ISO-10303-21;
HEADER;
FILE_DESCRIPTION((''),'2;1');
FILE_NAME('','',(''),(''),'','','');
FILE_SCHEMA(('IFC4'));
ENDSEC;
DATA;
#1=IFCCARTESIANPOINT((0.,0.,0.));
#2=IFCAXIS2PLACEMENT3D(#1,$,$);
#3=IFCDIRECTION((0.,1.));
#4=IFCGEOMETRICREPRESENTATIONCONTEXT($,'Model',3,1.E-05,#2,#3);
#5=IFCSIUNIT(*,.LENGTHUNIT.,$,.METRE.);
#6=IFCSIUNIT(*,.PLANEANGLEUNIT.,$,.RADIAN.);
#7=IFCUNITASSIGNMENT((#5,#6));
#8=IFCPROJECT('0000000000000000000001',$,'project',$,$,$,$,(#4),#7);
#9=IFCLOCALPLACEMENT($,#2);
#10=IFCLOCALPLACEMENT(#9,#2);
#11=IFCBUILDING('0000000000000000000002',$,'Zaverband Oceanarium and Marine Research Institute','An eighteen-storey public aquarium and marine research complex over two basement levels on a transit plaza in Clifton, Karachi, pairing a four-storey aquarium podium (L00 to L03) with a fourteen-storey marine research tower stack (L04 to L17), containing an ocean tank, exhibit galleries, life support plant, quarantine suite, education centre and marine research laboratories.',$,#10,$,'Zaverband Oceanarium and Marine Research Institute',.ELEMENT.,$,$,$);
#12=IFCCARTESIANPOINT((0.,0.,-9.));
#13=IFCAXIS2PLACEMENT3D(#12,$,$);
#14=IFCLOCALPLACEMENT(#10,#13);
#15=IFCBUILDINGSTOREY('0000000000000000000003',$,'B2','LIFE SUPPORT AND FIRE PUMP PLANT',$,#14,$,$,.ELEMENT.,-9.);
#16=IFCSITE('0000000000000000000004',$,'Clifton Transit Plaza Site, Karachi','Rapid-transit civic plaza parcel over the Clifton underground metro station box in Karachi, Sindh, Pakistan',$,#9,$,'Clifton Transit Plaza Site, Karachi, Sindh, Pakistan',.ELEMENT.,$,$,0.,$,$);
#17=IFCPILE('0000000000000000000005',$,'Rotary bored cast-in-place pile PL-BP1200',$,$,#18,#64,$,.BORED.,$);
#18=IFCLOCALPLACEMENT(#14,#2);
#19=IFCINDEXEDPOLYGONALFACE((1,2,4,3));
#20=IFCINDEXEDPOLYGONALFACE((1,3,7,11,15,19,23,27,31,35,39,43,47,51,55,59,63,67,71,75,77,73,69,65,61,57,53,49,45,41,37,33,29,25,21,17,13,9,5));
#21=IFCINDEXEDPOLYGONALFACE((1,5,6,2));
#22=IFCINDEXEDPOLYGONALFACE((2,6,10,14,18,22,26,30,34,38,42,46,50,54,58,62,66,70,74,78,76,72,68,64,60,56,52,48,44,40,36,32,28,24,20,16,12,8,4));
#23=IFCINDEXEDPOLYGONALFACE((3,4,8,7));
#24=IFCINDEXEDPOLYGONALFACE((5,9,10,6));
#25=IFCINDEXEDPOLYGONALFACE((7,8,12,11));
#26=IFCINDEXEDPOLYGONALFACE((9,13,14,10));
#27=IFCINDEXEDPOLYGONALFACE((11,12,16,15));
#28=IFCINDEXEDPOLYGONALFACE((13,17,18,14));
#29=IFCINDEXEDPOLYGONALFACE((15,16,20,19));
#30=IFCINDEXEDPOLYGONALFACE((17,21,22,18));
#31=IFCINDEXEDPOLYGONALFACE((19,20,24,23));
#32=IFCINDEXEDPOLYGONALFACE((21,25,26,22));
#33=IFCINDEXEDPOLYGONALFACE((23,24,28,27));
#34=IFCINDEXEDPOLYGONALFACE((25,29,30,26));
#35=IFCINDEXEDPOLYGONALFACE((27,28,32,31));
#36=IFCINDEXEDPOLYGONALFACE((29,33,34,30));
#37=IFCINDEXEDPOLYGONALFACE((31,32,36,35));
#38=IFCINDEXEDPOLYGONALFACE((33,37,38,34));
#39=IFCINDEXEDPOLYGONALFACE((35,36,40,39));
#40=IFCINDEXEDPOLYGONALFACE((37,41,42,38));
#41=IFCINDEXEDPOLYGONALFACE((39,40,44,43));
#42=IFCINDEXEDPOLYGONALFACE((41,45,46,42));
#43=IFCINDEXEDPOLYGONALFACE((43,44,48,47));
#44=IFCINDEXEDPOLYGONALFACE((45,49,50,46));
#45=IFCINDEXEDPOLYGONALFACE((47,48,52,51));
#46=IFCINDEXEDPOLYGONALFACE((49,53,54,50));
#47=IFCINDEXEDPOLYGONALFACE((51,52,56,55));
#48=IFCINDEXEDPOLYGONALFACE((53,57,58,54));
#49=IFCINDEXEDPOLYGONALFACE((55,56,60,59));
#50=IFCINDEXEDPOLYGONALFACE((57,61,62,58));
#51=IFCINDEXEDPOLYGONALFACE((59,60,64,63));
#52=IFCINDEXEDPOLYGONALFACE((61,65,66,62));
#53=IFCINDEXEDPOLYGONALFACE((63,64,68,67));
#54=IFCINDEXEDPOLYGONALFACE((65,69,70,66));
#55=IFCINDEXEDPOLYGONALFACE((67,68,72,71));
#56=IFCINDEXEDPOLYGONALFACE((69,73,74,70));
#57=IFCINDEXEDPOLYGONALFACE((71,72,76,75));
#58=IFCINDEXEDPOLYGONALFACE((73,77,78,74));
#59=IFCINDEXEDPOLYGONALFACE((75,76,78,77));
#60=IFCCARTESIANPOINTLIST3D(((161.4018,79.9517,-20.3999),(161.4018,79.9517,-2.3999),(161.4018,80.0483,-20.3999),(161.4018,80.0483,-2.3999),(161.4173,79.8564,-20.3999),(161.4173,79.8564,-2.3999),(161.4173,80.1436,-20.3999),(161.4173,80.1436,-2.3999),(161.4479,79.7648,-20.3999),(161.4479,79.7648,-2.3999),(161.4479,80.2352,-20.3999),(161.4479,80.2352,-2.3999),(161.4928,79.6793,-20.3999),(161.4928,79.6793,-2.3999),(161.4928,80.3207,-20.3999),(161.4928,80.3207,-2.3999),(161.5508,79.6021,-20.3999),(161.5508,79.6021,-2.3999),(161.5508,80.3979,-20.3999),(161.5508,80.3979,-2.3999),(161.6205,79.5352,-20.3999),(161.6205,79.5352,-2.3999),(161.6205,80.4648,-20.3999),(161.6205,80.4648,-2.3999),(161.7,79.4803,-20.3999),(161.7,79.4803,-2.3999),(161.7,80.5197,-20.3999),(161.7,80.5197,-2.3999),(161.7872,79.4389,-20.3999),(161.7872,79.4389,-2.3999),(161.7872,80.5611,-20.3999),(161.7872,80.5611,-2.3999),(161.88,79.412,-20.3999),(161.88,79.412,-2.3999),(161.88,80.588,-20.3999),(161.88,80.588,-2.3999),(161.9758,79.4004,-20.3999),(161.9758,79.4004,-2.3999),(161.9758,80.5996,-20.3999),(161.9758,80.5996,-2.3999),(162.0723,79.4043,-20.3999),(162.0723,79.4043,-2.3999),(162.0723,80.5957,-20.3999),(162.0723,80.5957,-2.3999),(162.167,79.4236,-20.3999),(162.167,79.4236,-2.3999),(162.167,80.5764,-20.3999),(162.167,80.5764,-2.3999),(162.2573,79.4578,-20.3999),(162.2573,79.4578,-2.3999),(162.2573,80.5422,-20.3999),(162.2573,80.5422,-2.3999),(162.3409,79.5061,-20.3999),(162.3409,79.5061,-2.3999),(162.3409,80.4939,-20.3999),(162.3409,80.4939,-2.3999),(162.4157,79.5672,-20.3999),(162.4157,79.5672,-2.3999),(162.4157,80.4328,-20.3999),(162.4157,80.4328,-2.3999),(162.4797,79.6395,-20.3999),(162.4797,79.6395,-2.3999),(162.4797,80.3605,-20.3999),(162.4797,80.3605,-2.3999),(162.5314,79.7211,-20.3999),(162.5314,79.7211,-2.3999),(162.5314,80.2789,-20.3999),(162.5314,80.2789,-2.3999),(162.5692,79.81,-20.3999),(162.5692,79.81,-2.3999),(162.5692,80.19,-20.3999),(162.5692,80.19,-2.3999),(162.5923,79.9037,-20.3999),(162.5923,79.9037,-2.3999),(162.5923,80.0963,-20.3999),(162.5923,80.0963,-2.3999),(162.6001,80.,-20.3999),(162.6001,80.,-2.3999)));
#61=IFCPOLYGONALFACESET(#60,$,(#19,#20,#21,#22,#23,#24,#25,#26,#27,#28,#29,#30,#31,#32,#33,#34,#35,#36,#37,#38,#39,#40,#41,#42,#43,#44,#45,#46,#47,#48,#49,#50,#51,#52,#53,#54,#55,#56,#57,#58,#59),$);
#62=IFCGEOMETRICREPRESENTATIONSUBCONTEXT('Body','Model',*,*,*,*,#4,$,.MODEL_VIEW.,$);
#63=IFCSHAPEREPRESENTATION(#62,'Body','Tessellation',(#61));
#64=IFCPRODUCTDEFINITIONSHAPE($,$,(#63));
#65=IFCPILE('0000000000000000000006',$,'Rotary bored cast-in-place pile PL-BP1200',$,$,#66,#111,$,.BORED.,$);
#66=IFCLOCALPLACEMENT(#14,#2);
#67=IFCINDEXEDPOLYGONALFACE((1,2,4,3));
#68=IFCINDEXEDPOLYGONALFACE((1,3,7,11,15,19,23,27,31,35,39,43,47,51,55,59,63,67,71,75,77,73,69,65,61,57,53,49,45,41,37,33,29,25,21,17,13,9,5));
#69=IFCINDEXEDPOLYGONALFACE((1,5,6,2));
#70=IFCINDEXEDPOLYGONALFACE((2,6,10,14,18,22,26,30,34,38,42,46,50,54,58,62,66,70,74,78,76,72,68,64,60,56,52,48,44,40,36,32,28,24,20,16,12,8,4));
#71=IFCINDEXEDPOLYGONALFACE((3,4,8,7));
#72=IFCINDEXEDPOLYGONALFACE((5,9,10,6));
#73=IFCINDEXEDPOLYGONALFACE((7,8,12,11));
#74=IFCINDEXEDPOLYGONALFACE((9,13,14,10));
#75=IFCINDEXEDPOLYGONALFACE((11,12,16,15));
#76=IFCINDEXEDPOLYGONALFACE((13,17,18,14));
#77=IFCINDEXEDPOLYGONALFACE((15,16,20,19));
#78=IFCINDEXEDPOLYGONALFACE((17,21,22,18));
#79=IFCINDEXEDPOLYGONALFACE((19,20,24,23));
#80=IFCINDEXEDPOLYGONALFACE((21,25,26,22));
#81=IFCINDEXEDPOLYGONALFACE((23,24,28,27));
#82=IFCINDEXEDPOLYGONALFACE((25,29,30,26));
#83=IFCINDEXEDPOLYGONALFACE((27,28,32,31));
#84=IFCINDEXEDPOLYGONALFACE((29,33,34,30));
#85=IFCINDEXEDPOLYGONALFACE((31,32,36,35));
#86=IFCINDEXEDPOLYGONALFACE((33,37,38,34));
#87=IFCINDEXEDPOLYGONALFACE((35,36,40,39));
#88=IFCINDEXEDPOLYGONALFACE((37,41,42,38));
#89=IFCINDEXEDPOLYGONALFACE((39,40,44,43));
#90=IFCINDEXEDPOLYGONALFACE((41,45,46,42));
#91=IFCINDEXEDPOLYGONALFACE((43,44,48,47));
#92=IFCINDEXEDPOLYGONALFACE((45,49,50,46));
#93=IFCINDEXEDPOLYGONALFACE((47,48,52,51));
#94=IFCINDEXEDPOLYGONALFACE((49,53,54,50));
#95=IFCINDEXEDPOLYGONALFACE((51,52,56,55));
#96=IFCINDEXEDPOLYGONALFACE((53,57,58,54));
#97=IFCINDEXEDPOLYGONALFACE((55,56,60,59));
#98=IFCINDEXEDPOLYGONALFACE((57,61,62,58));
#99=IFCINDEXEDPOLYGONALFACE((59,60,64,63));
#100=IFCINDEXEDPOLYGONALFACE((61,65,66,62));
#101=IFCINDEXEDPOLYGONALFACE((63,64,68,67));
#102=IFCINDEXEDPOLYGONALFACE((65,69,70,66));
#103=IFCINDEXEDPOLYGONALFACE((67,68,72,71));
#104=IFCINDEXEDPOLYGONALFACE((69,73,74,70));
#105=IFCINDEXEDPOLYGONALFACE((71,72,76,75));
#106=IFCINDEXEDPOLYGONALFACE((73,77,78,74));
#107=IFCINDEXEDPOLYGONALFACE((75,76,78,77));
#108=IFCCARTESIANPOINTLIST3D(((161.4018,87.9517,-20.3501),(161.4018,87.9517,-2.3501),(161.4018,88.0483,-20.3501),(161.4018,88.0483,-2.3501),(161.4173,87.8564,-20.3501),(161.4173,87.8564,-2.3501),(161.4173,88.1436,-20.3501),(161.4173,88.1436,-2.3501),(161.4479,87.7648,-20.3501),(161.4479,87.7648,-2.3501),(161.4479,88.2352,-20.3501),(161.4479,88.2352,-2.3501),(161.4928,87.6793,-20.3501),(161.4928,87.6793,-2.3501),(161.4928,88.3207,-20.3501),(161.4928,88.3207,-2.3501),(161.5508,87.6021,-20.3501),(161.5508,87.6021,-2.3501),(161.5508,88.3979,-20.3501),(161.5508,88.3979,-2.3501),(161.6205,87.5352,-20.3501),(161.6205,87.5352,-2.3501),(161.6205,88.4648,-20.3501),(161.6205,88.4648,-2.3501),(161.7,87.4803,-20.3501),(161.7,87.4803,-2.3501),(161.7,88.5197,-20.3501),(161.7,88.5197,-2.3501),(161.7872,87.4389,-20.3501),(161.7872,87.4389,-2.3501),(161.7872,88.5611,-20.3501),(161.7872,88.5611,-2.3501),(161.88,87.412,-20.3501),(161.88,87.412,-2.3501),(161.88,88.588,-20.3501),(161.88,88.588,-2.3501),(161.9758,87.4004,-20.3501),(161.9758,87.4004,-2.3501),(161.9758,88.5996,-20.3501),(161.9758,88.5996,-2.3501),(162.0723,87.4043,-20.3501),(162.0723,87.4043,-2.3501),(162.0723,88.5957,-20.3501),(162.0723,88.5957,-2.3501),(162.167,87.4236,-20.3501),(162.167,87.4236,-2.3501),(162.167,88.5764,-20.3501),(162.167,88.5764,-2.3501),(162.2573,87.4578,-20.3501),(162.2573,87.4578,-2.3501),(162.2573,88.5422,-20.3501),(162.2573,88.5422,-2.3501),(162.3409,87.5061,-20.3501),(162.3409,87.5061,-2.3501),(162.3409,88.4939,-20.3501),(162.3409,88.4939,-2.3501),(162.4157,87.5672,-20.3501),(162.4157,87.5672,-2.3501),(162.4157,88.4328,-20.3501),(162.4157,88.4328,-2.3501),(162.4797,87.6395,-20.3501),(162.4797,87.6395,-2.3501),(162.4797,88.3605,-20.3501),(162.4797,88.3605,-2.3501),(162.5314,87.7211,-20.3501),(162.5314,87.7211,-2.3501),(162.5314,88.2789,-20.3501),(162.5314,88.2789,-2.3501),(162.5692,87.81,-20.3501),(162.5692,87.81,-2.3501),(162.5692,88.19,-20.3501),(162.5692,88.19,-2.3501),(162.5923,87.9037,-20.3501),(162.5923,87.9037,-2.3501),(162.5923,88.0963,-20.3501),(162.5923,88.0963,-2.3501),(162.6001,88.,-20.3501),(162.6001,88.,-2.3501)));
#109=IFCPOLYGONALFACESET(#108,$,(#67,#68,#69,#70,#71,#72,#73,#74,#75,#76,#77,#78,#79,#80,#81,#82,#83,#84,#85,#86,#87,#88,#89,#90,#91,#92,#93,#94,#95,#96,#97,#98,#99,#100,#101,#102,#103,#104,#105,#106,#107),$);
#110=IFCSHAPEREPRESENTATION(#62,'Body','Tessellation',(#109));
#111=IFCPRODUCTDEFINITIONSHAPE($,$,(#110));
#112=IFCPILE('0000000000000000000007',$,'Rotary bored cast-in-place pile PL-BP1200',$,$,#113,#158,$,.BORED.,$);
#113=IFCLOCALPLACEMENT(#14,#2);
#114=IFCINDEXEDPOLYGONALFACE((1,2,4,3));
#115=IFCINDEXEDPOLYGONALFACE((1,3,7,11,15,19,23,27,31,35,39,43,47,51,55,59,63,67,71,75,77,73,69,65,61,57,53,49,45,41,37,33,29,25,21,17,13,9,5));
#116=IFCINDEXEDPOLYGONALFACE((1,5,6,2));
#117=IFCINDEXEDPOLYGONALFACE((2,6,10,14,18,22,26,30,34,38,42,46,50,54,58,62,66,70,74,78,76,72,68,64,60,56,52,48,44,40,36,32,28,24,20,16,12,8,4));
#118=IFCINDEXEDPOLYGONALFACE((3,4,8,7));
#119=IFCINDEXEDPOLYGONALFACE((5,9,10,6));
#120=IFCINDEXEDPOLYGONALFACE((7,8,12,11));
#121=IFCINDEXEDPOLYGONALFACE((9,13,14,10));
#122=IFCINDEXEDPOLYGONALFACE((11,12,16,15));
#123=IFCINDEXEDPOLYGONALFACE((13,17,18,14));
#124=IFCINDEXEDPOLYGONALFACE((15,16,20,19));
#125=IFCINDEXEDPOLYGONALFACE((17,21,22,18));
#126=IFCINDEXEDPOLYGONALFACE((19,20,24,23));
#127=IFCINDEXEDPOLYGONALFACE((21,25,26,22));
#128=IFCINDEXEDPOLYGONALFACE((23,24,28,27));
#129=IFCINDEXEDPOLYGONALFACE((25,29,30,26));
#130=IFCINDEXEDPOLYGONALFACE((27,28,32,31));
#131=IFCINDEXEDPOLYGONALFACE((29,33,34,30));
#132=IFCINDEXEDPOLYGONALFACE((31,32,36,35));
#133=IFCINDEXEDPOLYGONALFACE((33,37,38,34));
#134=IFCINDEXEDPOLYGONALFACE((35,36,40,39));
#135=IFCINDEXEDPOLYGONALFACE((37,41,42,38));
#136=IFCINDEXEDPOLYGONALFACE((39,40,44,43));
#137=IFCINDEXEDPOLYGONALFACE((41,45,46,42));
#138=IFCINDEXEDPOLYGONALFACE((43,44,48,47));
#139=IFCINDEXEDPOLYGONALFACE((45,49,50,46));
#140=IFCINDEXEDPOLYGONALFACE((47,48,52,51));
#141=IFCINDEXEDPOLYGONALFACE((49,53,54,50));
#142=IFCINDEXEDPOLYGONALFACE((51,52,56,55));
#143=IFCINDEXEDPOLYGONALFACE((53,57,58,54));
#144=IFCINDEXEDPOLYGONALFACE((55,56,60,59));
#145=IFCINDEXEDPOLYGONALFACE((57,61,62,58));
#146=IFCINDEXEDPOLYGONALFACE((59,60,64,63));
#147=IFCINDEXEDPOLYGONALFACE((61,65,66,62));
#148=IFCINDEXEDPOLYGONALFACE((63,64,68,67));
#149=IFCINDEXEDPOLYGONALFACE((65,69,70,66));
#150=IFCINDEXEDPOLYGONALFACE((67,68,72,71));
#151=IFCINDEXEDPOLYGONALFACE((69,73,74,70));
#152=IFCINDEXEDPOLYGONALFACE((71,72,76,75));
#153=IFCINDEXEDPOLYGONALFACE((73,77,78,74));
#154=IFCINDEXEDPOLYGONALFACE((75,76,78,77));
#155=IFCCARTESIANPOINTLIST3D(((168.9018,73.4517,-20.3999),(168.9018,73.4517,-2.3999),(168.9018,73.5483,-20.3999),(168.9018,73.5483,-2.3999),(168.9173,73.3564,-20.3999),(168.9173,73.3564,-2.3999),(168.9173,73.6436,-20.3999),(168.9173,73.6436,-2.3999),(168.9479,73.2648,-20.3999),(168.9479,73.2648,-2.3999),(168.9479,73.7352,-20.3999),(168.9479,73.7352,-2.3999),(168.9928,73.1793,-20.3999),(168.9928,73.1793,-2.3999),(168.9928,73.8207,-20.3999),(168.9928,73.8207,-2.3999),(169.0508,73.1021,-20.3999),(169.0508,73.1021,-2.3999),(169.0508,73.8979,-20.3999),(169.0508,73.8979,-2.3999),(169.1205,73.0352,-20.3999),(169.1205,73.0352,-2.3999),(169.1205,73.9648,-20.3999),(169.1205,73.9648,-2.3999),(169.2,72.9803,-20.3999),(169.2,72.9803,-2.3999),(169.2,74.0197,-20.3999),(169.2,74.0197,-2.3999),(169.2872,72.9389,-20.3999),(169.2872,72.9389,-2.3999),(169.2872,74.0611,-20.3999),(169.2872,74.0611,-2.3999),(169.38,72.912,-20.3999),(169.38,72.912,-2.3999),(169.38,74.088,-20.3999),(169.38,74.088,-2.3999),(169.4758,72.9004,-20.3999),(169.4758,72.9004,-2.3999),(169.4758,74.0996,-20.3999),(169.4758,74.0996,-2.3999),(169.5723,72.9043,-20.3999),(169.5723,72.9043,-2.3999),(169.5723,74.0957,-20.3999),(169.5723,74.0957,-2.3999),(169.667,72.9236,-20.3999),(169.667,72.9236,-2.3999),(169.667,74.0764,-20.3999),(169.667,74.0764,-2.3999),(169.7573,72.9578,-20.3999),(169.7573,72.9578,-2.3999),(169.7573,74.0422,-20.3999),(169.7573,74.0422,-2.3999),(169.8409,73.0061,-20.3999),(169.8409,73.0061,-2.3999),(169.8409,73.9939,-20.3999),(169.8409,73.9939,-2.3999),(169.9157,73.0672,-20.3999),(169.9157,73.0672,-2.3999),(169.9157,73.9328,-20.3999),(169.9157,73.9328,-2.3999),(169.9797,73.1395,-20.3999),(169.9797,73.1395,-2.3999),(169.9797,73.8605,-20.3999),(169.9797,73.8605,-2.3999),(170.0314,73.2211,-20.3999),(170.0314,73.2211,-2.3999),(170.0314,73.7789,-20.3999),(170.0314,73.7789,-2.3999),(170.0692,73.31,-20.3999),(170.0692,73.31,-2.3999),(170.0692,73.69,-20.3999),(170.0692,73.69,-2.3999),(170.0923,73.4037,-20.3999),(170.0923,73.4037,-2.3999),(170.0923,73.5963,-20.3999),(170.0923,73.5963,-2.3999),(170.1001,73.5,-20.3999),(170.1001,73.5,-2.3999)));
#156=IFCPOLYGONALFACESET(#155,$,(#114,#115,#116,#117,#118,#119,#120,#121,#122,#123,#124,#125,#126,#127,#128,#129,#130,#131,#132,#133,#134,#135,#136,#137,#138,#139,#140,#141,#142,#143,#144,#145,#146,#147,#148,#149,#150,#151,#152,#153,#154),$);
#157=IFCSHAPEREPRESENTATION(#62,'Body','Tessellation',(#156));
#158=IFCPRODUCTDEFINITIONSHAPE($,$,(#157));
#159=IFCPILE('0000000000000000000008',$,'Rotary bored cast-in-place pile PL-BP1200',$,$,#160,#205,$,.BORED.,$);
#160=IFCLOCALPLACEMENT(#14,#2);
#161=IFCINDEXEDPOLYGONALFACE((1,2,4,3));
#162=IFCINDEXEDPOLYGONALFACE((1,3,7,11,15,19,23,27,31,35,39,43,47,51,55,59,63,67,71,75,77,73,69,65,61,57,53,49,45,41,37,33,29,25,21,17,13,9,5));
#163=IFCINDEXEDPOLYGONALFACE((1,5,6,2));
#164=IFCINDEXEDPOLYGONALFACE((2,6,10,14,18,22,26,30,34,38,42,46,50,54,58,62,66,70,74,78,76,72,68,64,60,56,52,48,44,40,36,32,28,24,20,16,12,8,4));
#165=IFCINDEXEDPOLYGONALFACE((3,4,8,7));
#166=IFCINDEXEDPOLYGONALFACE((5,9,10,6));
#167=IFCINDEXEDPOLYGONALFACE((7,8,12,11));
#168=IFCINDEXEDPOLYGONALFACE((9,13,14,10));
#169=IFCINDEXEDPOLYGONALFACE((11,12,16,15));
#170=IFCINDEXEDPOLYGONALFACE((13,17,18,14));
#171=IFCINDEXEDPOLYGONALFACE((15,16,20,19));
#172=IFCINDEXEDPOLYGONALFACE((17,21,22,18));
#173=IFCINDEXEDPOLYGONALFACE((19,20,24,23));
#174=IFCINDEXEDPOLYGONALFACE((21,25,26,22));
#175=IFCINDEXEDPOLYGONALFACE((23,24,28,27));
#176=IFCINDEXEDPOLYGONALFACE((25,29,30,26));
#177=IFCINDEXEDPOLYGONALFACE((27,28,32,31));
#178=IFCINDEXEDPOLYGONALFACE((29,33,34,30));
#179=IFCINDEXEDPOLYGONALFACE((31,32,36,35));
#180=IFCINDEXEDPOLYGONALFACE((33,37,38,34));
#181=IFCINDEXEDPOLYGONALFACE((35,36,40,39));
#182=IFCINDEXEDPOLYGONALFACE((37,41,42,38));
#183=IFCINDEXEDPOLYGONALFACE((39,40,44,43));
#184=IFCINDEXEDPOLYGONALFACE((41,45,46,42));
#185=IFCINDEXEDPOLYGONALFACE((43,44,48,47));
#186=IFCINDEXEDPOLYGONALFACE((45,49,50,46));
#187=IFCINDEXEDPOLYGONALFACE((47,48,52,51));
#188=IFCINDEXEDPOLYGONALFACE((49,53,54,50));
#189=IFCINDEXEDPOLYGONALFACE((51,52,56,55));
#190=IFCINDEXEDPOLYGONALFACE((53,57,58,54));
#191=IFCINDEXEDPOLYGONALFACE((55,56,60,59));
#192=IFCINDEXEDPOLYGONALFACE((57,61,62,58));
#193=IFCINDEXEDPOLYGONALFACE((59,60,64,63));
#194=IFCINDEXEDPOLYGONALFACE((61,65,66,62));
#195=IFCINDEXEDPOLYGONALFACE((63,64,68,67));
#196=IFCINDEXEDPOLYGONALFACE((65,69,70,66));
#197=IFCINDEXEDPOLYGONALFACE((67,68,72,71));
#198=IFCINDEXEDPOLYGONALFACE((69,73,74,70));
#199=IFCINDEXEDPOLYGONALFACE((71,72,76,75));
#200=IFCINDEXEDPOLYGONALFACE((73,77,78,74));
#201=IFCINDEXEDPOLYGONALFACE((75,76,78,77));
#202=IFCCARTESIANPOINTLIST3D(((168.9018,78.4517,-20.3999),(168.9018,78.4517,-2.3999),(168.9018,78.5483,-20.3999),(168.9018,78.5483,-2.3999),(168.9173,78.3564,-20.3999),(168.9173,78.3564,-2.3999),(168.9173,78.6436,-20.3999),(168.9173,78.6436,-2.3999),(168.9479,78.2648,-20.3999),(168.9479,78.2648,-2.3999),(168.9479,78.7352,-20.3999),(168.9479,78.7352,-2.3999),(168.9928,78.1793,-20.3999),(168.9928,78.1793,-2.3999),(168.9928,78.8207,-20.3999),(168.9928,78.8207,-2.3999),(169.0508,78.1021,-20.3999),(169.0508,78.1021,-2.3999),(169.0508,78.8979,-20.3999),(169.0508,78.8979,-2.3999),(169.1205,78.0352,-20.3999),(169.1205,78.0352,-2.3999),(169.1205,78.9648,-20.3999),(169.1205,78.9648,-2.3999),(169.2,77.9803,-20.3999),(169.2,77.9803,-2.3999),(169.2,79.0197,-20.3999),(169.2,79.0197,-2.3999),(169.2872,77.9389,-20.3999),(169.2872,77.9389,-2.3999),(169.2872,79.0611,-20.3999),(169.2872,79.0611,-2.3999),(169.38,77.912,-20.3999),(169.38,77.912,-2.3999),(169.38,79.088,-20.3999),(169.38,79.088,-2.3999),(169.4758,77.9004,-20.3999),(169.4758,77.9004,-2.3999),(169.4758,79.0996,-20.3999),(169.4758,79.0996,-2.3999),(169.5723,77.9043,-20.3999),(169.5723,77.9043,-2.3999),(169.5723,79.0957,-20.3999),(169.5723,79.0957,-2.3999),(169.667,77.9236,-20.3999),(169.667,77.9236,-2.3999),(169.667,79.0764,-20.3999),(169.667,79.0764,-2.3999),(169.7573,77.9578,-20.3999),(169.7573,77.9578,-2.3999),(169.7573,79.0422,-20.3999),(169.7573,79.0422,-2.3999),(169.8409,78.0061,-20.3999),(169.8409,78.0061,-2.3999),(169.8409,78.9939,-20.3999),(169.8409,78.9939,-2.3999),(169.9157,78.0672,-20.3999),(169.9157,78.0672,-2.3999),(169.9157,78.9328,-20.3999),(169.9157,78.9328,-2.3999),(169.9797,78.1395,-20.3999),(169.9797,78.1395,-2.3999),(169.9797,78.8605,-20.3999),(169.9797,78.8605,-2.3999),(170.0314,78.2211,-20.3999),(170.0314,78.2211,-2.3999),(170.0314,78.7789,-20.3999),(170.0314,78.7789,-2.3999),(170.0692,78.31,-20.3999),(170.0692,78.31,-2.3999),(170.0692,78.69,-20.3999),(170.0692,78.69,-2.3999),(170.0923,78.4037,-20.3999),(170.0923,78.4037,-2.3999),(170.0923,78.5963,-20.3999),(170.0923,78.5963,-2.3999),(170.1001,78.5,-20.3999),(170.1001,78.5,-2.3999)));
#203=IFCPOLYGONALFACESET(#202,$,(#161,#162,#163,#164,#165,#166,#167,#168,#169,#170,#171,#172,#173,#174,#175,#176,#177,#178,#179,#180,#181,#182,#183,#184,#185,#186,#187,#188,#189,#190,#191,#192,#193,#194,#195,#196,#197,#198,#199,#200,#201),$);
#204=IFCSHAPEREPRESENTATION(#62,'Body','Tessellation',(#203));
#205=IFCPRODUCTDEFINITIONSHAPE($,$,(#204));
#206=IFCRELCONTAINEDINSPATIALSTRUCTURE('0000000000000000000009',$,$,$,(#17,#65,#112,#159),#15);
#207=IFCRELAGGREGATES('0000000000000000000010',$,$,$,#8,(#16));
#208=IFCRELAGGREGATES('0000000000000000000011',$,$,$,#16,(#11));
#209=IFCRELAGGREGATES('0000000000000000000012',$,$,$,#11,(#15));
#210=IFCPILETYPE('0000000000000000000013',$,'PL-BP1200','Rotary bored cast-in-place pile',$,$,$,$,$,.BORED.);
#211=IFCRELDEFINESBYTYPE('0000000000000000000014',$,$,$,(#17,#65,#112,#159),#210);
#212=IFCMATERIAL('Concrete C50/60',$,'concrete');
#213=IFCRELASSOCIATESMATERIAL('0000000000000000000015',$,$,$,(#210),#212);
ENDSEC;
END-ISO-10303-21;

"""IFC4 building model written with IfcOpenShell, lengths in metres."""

from ifc_helpers import new_model, si_unit, direction, frame, origin, origin_2d, place, context, subcontext, project, spatial, circle, extrude, material, material_profile, profile_set, type_object, element, save


model = new_model("IFC4")

# Units and contexts
model_context = context("Model", 3, precision=1e-05, world=origin(), true_north=direction((0.0, 1.0)))
body_context = subcontext(model_context, "Body", "Model", "MODEL_VIEW")
ifc_project = project(units=[si_unit("LENGTHUNIT", "METRE"), si_unit("PLANEANGLEUNIT", "RADIAN")], contexts=[model_context])

# Site, building, storey
site_placement = place(None, origin())
site = spatial("IfcSite", under=ifc_project, at=site_placement, Name="Clifton Transit Plaza Site, Karachi", Description="Rapid-transit civic plaza parcel over the Clifton underground metro station box in Karachi, Sindh, Pakistan", LongName="Clifton Transit Plaza Site, Karachi, Sindh, Pakistan", CompositionType="ELEMENT", RefElevation=0.0)
building_placement = place(site_placement, origin())
building = spatial("IfcBuilding", under=site, at=building_placement, Name="Zaverband Oceanarium and Marine Research Institute", Description="An eighteen-storey public aquarium and marine research complex over two basement levels on a transit plaza in Clifton, Karachi, pairing a four-storey aquarium podium (L00 to L03) with a fourteen-storey marine research tower stack (L04 to L17), containing an ocean tank, exhibit galleries, life support plant, quarantine suite, education centre and marine research laboratories.", LongName="Zaverband Oceanarium and Marine Research Institute", CompositionType="ELEMENT")
storey_placement = place(building_placement, frame((0.0, 0.0, -9.0)))
storey = spatial("IfcBuildingStorey", under=building, at=storey_placement, Name="B2", Description="LIFE SUPPORT AND FIRE PUMP PLANT", CompositionType="ELEMENT", Elevation=-9.0)

# Shared definitions
ifc_material_1 = material(Name="Concrete C50/60", Category="concrete")

# Piles
ifc_material_profile_1 = material_profile(ifc_material_1, circle(Radius=0.6001, at=origin_2d()), Name="BP1200")
ifc_profile_set_1 = profile_set([ifc_material_profile_1], Name="Concrete C50/60")
pile_type = type_object("IfcPileType", Name="PL-BP1200", Description="Rotary bored cast-in-place pile", PredefinedType="BORED", material=ifc_profile_set_1)
for number, where, z_axis, x_axis, name in (
    (1, (162.0, 80.0, -2.3999), (0.0, 0.0, -1.0), (1.0, 0.0, 0.0), "Rotary bored cast-in-place pile PL-BP1200"),
    (2, (162.0, 88.0, -2.3501), (0.0, 0.0, -1.0), (1.0, 0.0, 0.0), "Rotary bored cast-in-place pile PL-BP1200"),
    (3, (169.5, 73.5, -2.3999), (0.0, 0.0, -1.0), (1.0, 0.0, 0.0), "Rotary bored cast-in-place pile PL-BP1200"),
    (4, (169.5, 78.5, -2.3999), (0.0, 0.0, -1.0), (1.0, 0.0, 0.0), "Rotary bored cast-in-place pile PL-BP1200"),
):
    element("IfcPile", number, at=place(storey_placement, frame(where, z_axis=z_axis, x_axis=x_axis)), inside=storey, type_object=pile_type, Name=name, PredefinedType="BORED", context=body_context, shape_type="SweptSolid", body=[
        extrude(circle(Radius=0.6001, at=origin_2d()), origin(), (0.0, 0.0, 1.0), 18.0),
    ])

save(model, "model.ifc")
